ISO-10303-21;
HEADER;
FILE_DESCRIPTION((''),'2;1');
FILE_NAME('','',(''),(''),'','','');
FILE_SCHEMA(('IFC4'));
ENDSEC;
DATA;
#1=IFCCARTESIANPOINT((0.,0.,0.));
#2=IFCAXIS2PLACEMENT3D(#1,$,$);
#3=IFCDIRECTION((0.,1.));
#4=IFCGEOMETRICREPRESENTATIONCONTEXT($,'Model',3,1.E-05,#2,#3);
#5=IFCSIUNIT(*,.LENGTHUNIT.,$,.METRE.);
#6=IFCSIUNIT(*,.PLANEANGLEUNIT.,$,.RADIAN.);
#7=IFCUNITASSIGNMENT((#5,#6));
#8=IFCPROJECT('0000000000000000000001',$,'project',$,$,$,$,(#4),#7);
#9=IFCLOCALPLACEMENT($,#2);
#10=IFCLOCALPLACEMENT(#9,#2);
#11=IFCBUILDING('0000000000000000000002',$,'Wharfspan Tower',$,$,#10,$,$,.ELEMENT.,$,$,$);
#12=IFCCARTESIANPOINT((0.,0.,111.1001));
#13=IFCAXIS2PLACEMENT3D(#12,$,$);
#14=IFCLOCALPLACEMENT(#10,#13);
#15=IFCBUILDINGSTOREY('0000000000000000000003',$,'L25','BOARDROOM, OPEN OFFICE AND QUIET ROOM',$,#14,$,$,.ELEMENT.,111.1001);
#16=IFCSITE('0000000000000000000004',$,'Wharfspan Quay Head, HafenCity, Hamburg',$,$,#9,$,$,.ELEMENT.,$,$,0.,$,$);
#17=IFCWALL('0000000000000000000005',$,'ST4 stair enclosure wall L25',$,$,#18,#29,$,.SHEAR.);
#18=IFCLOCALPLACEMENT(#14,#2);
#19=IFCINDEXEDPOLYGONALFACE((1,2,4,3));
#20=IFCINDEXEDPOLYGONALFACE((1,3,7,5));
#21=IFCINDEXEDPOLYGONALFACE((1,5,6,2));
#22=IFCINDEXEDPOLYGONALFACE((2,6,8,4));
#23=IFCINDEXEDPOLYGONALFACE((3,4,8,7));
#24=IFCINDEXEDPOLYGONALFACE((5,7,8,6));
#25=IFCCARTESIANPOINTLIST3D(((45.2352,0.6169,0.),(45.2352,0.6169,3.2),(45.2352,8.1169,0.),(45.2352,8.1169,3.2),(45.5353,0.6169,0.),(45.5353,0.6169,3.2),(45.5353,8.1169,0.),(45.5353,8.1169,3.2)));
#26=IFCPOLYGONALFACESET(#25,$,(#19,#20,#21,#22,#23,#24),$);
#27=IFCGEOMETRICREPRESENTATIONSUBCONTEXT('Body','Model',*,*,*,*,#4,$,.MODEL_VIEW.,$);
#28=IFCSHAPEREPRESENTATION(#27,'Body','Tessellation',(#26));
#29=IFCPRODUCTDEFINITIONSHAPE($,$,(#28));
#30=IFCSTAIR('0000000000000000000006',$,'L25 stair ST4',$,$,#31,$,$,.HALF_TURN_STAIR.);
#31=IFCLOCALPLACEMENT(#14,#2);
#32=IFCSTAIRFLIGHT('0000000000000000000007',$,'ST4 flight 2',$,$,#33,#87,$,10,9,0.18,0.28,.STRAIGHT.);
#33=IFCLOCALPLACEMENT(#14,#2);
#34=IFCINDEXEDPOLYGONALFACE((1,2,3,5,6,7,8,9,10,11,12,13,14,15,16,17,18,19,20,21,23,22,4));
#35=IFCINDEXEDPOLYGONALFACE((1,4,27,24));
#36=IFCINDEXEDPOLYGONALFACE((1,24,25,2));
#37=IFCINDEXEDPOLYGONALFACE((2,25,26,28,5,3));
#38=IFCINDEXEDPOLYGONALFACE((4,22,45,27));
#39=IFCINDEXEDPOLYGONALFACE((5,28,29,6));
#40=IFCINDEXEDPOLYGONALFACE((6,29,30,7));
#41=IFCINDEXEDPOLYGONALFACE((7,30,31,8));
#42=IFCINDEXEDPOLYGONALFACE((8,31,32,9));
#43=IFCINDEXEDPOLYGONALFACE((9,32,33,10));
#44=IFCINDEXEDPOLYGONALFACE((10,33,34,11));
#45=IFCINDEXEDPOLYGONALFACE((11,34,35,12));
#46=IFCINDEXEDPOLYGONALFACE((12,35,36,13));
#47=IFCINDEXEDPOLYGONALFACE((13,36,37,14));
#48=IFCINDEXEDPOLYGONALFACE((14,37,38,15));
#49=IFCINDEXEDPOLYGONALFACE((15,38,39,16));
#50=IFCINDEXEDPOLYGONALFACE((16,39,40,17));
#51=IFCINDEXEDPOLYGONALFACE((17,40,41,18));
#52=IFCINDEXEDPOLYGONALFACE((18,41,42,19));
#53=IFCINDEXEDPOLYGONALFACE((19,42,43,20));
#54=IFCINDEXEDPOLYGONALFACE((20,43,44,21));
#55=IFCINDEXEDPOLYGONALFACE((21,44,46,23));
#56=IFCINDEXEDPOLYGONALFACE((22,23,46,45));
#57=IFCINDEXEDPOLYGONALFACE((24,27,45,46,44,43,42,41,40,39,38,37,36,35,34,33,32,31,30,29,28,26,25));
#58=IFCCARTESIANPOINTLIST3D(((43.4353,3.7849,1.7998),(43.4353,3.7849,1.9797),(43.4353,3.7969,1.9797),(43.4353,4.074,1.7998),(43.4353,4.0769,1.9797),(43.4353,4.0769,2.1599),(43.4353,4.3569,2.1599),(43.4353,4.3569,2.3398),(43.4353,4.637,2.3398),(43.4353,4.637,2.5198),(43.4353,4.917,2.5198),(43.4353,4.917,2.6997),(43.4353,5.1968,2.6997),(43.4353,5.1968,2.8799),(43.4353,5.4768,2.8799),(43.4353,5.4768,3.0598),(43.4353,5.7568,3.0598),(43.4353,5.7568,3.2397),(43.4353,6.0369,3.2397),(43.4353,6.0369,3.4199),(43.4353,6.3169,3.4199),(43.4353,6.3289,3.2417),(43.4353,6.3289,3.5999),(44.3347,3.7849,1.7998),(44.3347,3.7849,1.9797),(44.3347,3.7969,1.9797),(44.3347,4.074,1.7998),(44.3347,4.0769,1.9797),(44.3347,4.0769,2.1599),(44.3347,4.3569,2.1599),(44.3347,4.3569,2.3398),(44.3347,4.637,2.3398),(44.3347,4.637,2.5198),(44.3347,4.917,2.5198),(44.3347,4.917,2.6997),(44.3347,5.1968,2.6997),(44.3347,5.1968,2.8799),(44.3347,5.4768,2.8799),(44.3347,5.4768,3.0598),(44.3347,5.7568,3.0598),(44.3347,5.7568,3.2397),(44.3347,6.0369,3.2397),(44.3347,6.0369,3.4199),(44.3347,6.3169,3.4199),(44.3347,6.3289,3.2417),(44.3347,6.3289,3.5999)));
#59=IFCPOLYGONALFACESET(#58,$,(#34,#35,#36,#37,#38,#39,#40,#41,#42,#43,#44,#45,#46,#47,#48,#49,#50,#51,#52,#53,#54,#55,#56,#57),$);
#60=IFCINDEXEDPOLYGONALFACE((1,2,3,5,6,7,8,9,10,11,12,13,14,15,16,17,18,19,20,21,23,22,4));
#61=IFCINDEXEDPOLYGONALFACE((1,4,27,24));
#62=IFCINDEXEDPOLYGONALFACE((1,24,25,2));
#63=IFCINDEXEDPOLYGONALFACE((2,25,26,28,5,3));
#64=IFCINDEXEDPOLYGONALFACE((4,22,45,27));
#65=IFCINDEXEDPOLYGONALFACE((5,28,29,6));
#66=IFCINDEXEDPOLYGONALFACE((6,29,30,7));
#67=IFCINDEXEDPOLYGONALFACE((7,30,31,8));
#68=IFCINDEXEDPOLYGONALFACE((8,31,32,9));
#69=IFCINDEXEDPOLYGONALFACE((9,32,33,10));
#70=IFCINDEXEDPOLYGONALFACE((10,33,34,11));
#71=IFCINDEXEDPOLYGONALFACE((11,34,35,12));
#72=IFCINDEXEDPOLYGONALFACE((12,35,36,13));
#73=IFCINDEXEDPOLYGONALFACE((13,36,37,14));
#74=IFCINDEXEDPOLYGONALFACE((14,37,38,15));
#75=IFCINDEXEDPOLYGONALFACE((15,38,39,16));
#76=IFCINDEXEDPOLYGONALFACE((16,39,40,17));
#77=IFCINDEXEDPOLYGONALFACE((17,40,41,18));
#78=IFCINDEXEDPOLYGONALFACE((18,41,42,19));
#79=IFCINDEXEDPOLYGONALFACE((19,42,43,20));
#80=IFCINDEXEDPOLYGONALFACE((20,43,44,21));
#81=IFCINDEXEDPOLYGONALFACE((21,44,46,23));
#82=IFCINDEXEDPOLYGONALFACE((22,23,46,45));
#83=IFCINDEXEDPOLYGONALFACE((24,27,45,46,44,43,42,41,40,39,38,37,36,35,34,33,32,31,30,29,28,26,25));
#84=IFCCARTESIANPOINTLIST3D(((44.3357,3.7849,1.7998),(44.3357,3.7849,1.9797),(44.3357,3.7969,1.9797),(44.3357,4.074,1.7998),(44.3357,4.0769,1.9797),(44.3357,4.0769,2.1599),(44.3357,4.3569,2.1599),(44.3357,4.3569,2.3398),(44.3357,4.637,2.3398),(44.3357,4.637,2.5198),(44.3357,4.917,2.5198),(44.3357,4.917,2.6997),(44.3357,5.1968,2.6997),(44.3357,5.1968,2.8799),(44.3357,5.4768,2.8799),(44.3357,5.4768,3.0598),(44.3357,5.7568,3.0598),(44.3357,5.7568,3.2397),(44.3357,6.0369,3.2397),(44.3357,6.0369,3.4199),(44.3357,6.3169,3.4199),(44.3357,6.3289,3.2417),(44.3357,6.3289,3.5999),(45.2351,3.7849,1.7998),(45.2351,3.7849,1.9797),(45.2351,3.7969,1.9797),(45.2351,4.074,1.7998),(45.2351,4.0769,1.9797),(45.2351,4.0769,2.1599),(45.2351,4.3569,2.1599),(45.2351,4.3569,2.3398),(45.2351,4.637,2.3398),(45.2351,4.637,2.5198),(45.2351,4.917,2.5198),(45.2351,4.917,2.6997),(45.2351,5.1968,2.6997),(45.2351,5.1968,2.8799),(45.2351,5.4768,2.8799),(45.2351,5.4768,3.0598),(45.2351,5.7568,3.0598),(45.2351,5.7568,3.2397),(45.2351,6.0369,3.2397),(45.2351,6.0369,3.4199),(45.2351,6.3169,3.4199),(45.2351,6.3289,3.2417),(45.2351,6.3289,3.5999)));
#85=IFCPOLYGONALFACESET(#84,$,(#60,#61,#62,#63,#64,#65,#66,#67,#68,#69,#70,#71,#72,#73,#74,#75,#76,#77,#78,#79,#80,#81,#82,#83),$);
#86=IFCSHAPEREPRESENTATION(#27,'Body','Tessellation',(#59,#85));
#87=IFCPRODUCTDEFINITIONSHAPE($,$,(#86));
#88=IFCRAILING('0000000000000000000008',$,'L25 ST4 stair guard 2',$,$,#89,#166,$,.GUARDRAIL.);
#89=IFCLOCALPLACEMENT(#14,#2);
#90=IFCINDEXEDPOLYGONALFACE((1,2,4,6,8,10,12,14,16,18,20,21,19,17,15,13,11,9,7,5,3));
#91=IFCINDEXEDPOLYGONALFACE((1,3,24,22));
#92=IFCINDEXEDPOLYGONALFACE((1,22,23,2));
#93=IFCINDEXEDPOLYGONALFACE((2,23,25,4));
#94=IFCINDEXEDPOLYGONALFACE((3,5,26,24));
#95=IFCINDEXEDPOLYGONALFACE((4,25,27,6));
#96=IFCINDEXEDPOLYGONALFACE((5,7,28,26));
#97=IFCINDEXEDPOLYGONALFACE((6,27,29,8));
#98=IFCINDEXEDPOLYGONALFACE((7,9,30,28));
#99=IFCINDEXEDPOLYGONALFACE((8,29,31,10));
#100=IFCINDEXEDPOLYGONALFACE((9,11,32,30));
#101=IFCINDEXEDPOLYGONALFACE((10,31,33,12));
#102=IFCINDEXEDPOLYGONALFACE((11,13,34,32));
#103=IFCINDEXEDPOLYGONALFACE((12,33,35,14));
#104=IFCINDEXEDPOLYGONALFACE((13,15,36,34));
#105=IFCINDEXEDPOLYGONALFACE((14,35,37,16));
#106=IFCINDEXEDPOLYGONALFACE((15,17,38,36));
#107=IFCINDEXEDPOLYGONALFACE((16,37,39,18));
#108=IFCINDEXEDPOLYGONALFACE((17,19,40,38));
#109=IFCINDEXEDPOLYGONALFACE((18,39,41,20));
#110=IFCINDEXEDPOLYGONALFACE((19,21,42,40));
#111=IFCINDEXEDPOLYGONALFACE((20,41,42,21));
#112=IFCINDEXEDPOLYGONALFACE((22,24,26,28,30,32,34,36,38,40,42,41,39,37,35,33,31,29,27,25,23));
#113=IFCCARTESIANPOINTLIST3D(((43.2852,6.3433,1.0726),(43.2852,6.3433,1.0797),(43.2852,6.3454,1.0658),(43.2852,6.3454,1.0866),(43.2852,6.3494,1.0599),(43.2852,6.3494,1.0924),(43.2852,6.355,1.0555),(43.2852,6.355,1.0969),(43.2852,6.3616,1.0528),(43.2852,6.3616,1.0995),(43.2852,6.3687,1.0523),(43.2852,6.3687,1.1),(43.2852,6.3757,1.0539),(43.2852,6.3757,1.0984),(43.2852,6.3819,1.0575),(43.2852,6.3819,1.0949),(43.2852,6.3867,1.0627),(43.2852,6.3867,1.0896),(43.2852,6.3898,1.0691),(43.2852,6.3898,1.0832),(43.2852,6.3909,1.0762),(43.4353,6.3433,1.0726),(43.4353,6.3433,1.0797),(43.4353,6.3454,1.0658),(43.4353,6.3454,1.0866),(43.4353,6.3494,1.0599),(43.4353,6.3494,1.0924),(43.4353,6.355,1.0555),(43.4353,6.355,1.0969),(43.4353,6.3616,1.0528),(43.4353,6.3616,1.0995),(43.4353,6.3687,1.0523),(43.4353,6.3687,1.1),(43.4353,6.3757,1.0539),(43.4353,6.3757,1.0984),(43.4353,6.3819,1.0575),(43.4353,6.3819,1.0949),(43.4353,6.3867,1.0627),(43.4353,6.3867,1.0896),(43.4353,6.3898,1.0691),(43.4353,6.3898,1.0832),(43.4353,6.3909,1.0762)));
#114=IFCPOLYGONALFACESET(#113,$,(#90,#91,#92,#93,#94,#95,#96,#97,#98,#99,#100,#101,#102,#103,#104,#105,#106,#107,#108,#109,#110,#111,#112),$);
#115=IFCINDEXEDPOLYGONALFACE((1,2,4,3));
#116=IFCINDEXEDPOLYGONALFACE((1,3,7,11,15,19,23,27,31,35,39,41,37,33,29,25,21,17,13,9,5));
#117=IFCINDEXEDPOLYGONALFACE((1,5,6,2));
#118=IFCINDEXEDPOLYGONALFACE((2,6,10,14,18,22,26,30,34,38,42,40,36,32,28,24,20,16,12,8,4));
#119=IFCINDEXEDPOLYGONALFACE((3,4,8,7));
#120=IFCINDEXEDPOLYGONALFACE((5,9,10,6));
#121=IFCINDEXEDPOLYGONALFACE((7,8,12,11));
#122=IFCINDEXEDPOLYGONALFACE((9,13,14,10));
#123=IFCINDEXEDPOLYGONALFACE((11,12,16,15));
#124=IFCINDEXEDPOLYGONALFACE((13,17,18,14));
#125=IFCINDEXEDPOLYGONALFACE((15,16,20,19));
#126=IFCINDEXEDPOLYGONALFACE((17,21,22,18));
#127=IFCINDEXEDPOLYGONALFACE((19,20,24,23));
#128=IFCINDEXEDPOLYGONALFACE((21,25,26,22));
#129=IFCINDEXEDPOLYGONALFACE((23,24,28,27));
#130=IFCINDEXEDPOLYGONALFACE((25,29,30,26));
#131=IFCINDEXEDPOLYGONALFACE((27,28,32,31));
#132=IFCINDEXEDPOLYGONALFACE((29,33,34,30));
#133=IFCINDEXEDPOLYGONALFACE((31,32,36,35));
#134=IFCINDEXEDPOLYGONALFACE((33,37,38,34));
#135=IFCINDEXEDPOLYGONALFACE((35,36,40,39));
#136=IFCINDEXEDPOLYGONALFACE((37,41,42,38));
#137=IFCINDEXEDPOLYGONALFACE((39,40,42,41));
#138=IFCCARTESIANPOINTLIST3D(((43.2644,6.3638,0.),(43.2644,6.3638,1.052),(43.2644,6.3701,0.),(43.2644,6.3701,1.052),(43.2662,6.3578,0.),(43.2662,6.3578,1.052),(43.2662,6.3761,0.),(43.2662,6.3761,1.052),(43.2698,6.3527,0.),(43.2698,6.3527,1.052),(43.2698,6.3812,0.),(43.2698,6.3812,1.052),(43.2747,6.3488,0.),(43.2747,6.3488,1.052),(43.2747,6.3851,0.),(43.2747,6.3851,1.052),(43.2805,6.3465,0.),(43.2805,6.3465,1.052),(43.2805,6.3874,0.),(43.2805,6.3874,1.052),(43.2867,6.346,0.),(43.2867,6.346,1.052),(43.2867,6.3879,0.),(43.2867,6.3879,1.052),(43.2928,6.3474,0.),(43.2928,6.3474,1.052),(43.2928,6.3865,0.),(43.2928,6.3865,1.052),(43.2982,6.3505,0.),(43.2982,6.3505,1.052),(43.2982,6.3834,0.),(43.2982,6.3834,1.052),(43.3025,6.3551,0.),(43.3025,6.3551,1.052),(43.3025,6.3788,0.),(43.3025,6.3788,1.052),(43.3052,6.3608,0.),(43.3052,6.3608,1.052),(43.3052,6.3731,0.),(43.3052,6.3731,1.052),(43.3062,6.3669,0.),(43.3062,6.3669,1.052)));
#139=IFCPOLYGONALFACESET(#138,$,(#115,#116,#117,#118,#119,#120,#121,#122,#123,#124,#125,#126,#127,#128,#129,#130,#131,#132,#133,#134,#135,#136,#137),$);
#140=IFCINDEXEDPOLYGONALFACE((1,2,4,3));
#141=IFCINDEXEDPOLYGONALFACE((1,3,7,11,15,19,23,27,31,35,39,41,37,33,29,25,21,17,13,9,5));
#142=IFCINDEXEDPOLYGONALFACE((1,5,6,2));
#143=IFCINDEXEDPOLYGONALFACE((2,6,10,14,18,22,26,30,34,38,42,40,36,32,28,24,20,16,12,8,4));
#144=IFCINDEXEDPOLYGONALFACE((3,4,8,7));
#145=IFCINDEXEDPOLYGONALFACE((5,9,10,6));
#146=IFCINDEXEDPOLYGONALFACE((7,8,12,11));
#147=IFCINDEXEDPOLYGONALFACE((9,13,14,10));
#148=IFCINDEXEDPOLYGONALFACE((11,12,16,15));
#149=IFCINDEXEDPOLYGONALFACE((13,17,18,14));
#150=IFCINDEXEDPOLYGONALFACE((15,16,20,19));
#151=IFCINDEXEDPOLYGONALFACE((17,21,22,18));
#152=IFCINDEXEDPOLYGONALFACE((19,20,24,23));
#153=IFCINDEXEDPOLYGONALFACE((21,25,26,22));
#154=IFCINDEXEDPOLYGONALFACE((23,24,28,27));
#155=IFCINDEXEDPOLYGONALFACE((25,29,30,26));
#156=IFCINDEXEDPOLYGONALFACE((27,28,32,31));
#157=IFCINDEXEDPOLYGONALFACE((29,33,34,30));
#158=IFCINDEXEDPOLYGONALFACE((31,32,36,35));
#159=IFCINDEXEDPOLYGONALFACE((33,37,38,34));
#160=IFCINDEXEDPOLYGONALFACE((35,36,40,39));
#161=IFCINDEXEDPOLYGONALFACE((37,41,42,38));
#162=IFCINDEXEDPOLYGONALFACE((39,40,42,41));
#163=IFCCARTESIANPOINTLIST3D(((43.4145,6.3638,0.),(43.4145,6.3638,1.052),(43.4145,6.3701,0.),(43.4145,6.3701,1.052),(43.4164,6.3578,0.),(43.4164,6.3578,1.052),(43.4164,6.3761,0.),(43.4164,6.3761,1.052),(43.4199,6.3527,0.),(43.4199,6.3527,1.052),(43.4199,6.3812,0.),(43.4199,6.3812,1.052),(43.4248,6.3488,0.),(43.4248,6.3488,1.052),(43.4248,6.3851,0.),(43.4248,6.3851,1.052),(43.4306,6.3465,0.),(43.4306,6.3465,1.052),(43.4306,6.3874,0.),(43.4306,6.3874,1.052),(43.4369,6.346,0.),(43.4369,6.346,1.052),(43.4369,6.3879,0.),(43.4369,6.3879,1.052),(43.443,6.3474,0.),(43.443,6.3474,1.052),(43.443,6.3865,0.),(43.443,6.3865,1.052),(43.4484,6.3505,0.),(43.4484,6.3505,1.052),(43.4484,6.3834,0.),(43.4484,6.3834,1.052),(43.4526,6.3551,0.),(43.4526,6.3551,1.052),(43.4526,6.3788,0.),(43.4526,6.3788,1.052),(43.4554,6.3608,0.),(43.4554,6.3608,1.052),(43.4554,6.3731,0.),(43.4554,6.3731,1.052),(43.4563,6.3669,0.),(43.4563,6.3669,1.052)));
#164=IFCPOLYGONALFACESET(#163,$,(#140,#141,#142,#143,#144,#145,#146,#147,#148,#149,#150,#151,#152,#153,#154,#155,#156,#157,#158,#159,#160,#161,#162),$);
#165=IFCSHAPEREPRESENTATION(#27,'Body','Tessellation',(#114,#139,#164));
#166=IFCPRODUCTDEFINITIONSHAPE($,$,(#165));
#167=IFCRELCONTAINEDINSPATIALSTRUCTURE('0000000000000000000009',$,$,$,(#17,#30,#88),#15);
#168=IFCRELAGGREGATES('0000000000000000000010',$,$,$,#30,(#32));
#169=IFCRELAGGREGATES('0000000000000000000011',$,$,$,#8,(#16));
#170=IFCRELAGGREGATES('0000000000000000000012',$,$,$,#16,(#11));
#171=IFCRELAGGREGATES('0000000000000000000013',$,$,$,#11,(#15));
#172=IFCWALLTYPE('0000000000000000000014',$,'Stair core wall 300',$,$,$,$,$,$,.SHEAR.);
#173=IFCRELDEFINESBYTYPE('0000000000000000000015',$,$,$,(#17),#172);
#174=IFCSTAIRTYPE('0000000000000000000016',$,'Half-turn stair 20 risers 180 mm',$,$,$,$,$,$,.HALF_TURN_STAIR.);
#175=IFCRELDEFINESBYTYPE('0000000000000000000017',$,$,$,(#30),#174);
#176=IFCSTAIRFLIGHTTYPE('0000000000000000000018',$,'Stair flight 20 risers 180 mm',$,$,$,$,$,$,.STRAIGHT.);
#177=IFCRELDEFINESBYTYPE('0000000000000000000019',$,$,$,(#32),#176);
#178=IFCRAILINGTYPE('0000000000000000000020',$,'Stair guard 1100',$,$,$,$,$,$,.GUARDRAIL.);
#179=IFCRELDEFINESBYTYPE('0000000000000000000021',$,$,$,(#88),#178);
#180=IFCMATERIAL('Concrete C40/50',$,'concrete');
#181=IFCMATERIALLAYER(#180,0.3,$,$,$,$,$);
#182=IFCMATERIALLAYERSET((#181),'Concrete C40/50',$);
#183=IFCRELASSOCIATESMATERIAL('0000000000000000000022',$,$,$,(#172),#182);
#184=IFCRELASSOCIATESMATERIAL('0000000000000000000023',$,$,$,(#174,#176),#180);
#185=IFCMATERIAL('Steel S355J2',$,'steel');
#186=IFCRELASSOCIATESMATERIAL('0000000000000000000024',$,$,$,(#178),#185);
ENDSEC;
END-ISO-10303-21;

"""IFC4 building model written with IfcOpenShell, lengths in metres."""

from ifc_helpers import new_model, si_unit, direction, frame, frame_2d, origin, origin_2d, place, context, subcontext, project, spatial, polyline, rectangle, circle, outline, extrude, material, layer, layer_set, type_object, element, aggregate, save


model = new_model("IFC4")

# Units and contexts
model_context = context("Model", 3, precision=1e-05, world=origin(), true_north=direction((0.0, 1.0)))
body_context = subcontext(model_context, "Body", "Model", "MODEL_VIEW")
ifc_project = project(units=[si_unit("LENGTHUNIT", "METRE"), si_unit("PLANEANGLEUNIT", "RADIAN")], contexts=[model_context])

# Site, building, storey
site_placement = place(None, origin())
site = spatial("IfcSite", under=ifc_project, at=site_placement, Name="Wharfspan Quay Head, HafenCity, Hamburg", CompositionType="ELEMENT", RefElevation=0.0)
building_placement = place(site_placement, origin())
building = spatial("IfcBuilding", under=site, at=building_placement, Name="Wharfspan Tower", CompositionType="ELEMENT")
storey_placement = place(building_placement, frame((0.0, 0.0, 111.1001)))
storey = spatial("IfcBuildingStorey", under=building, at=storey_placement, Name="L25", Description="BOARDROOM, OPEN OFFICE AND QUIET ROOM", CompositionType="ELEMENT", Elevation=111.1001)

# Shared definitions
ifc_material_1 = material(Name="Steel S355J2", Category="steel")

# Wall
ifc_material_2 = material(Name="Concrete C40/50", Category="concrete")
ifc_layer_1 = layer(ifc_material_2, 0.3)
ifc_layer_set_1 = layer_set([ifc_layer_1], Name="Concrete C40/50")
wall_type_1 = type_object("IfcWallType", Name="Stair core wall 300", PredefinedType="SHEAR", material=ifc_layer_set_1)
wall_1_placement = place(storey_placement, frame((45.3853, 0.6169, 0.0), z_axis=(0.0, 0.0, 1.0), x_axis=(0.0, 1.0, 0.0)))
element("IfcWall", 1, at=wall_1_placement, inside=storey, type_object=wall_type_1, Name="ST4 stair enclosure wall L25", PredefinedType="SHEAR", context=body_context, shape_type="SweptSolid", body=[
    extrude(rectangle(XDim=7.5, YDim=0.3, at=frame_2d((3.75, 0.0))), origin(), (0.0, 0.0, 1.0), 3.2),
])

# Stair, stair flight
stair_type = type_object("IfcStairType", Name="Half-turn stair 20 risers 180 mm", PredefinedType="HALF_TURN_STAIR", material=ifc_material_2)
stair_placement = place(storey_placement, origin())
stair = element("IfcStair", 2, at=stair_placement, inside=storey, type_object=stair_type, Name="L25 stair ST4", PredefinedType="HALF_TURN_STAIR")
stair_flight_type = type_object("IfcStairFlightType", Name="Stair flight 20 risers 180 mm", PredefinedType="STRAIGHT", material=ifc_material_2)
stair_flight_placement = place(storey_placement, frame((44.3352, 3.7969, 1.7998), z_axis=(0.0, 0.0, 1.0), x_axis=(0.0, 1.0, 0.0)))
stair_flight = element("IfcStairFlight", 3, at=stair_flight_placement, type_object=stair_flight_type, Name="ST4 flight 2", NumberOfRisers=10, NumberOfTreads=9, PredefinedType="STRAIGHT", RiserHeight=0.18, TreadLength=0.28, context=body_context, shape_type="SweptSolid", body=[
    extrude(outline(polyline([(-0.012, 0.0), (-0.012, 0.1799), (0.0, 0.1799), (0.28, 0.1799), (0.28, 0.3601), (0.5601, 0.3601), (0.5601, 0.54), (0.8401, 0.54), (0.8401, 0.72), (1.1201, 0.72), (1.1201, 0.8999), (1.3999, 0.8999), (1.3999, 1.0801), (1.6799, 1.0801), (1.6799, 1.26), (1.96, 1.26), (1.96, 1.4399), (2.24, 1.4399), (2.24, 1.6201), (2.52, 1.6201), (2.532, 1.8), (2.532, 1.4419), (0.2771, 0.0), (-0.012, 0.0)])), frame((0.0, 0.8999, 0.0), z_axis=(0.0, -1.0, 0.0), x_axis=(1.0, 0.0, 0.0)), (0.0, 0.0, 1.0), 0.8994),
    extrude(outline(polyline([(-0.012, 0.0), (-0.012, 0.1799), (0.0, 0.1799), (0.28, 0.1799), (0.28, 0.3601), (0.5601, 0.3601), (0.5601, 0.54), (0.8401, 0.54), (0.8401, 0.72), (1.1201, 0.72), (1.1201, 0.8999), (1.3999, 0.8999), (1.3999, 1.0801), (1.6799, 1.0801), (1.6799, 1.26), (1.96, 1.26), (1.96, 1.4399), (2.24, 1.4399), (2.24, 1.6201), (2.52, 1.6201), (2.532, 1.8), (2.532, 1.4419), (0.2771, 0.0), (-0.012, 0.0)])), frame((0.0, -0.0005, 0.0), z_axis=(0.0, -1.0, 0.0), x_axis=(1.0, 0.0, 0.0)), (0.0, 0.0, 1.0), 0.8994),
])
aggregate(stair, [stair_flight])

# Railing
railing_type_1 = type_object("IfcRailingType", Name="Stair guard 1100", PredefinedType="GUARDRAIL", material=ifc_material_1)
railing_1_placement = place(storey_placement, frame((43.2852, 6.3669, 0.0)))
element("IfcRailing", 4, at=railing_1_placement, inside=storey, type_object=railing_type_1, Name="L25 ST4 stair guard 2", PredefinedType="GUARDRAIL", context=body_context, shape_type="SweptSolid", body=[
    extrude(circle(Radius=0.0239, at=origin_2d()), frame((0.0, 0.0, 1.0762), z_axis=(1.0, 0.0, 0.0), x_axis=(0.0, 1.0, 0.0)), (0.0, 0.0, 1.0), 0.1501),
    extrude(circle(Radius=0.021, at=origin_2d()), origin(), (0.0, 0.0, 1.0), 1.052),
    extrude(circle(Radius=0.021, at=origin_2d()), frame((0.1501, 0.0, 0.0)), (0.0, 0.0, 1.0), 1.052),
])

save(model, "model.ifc")
